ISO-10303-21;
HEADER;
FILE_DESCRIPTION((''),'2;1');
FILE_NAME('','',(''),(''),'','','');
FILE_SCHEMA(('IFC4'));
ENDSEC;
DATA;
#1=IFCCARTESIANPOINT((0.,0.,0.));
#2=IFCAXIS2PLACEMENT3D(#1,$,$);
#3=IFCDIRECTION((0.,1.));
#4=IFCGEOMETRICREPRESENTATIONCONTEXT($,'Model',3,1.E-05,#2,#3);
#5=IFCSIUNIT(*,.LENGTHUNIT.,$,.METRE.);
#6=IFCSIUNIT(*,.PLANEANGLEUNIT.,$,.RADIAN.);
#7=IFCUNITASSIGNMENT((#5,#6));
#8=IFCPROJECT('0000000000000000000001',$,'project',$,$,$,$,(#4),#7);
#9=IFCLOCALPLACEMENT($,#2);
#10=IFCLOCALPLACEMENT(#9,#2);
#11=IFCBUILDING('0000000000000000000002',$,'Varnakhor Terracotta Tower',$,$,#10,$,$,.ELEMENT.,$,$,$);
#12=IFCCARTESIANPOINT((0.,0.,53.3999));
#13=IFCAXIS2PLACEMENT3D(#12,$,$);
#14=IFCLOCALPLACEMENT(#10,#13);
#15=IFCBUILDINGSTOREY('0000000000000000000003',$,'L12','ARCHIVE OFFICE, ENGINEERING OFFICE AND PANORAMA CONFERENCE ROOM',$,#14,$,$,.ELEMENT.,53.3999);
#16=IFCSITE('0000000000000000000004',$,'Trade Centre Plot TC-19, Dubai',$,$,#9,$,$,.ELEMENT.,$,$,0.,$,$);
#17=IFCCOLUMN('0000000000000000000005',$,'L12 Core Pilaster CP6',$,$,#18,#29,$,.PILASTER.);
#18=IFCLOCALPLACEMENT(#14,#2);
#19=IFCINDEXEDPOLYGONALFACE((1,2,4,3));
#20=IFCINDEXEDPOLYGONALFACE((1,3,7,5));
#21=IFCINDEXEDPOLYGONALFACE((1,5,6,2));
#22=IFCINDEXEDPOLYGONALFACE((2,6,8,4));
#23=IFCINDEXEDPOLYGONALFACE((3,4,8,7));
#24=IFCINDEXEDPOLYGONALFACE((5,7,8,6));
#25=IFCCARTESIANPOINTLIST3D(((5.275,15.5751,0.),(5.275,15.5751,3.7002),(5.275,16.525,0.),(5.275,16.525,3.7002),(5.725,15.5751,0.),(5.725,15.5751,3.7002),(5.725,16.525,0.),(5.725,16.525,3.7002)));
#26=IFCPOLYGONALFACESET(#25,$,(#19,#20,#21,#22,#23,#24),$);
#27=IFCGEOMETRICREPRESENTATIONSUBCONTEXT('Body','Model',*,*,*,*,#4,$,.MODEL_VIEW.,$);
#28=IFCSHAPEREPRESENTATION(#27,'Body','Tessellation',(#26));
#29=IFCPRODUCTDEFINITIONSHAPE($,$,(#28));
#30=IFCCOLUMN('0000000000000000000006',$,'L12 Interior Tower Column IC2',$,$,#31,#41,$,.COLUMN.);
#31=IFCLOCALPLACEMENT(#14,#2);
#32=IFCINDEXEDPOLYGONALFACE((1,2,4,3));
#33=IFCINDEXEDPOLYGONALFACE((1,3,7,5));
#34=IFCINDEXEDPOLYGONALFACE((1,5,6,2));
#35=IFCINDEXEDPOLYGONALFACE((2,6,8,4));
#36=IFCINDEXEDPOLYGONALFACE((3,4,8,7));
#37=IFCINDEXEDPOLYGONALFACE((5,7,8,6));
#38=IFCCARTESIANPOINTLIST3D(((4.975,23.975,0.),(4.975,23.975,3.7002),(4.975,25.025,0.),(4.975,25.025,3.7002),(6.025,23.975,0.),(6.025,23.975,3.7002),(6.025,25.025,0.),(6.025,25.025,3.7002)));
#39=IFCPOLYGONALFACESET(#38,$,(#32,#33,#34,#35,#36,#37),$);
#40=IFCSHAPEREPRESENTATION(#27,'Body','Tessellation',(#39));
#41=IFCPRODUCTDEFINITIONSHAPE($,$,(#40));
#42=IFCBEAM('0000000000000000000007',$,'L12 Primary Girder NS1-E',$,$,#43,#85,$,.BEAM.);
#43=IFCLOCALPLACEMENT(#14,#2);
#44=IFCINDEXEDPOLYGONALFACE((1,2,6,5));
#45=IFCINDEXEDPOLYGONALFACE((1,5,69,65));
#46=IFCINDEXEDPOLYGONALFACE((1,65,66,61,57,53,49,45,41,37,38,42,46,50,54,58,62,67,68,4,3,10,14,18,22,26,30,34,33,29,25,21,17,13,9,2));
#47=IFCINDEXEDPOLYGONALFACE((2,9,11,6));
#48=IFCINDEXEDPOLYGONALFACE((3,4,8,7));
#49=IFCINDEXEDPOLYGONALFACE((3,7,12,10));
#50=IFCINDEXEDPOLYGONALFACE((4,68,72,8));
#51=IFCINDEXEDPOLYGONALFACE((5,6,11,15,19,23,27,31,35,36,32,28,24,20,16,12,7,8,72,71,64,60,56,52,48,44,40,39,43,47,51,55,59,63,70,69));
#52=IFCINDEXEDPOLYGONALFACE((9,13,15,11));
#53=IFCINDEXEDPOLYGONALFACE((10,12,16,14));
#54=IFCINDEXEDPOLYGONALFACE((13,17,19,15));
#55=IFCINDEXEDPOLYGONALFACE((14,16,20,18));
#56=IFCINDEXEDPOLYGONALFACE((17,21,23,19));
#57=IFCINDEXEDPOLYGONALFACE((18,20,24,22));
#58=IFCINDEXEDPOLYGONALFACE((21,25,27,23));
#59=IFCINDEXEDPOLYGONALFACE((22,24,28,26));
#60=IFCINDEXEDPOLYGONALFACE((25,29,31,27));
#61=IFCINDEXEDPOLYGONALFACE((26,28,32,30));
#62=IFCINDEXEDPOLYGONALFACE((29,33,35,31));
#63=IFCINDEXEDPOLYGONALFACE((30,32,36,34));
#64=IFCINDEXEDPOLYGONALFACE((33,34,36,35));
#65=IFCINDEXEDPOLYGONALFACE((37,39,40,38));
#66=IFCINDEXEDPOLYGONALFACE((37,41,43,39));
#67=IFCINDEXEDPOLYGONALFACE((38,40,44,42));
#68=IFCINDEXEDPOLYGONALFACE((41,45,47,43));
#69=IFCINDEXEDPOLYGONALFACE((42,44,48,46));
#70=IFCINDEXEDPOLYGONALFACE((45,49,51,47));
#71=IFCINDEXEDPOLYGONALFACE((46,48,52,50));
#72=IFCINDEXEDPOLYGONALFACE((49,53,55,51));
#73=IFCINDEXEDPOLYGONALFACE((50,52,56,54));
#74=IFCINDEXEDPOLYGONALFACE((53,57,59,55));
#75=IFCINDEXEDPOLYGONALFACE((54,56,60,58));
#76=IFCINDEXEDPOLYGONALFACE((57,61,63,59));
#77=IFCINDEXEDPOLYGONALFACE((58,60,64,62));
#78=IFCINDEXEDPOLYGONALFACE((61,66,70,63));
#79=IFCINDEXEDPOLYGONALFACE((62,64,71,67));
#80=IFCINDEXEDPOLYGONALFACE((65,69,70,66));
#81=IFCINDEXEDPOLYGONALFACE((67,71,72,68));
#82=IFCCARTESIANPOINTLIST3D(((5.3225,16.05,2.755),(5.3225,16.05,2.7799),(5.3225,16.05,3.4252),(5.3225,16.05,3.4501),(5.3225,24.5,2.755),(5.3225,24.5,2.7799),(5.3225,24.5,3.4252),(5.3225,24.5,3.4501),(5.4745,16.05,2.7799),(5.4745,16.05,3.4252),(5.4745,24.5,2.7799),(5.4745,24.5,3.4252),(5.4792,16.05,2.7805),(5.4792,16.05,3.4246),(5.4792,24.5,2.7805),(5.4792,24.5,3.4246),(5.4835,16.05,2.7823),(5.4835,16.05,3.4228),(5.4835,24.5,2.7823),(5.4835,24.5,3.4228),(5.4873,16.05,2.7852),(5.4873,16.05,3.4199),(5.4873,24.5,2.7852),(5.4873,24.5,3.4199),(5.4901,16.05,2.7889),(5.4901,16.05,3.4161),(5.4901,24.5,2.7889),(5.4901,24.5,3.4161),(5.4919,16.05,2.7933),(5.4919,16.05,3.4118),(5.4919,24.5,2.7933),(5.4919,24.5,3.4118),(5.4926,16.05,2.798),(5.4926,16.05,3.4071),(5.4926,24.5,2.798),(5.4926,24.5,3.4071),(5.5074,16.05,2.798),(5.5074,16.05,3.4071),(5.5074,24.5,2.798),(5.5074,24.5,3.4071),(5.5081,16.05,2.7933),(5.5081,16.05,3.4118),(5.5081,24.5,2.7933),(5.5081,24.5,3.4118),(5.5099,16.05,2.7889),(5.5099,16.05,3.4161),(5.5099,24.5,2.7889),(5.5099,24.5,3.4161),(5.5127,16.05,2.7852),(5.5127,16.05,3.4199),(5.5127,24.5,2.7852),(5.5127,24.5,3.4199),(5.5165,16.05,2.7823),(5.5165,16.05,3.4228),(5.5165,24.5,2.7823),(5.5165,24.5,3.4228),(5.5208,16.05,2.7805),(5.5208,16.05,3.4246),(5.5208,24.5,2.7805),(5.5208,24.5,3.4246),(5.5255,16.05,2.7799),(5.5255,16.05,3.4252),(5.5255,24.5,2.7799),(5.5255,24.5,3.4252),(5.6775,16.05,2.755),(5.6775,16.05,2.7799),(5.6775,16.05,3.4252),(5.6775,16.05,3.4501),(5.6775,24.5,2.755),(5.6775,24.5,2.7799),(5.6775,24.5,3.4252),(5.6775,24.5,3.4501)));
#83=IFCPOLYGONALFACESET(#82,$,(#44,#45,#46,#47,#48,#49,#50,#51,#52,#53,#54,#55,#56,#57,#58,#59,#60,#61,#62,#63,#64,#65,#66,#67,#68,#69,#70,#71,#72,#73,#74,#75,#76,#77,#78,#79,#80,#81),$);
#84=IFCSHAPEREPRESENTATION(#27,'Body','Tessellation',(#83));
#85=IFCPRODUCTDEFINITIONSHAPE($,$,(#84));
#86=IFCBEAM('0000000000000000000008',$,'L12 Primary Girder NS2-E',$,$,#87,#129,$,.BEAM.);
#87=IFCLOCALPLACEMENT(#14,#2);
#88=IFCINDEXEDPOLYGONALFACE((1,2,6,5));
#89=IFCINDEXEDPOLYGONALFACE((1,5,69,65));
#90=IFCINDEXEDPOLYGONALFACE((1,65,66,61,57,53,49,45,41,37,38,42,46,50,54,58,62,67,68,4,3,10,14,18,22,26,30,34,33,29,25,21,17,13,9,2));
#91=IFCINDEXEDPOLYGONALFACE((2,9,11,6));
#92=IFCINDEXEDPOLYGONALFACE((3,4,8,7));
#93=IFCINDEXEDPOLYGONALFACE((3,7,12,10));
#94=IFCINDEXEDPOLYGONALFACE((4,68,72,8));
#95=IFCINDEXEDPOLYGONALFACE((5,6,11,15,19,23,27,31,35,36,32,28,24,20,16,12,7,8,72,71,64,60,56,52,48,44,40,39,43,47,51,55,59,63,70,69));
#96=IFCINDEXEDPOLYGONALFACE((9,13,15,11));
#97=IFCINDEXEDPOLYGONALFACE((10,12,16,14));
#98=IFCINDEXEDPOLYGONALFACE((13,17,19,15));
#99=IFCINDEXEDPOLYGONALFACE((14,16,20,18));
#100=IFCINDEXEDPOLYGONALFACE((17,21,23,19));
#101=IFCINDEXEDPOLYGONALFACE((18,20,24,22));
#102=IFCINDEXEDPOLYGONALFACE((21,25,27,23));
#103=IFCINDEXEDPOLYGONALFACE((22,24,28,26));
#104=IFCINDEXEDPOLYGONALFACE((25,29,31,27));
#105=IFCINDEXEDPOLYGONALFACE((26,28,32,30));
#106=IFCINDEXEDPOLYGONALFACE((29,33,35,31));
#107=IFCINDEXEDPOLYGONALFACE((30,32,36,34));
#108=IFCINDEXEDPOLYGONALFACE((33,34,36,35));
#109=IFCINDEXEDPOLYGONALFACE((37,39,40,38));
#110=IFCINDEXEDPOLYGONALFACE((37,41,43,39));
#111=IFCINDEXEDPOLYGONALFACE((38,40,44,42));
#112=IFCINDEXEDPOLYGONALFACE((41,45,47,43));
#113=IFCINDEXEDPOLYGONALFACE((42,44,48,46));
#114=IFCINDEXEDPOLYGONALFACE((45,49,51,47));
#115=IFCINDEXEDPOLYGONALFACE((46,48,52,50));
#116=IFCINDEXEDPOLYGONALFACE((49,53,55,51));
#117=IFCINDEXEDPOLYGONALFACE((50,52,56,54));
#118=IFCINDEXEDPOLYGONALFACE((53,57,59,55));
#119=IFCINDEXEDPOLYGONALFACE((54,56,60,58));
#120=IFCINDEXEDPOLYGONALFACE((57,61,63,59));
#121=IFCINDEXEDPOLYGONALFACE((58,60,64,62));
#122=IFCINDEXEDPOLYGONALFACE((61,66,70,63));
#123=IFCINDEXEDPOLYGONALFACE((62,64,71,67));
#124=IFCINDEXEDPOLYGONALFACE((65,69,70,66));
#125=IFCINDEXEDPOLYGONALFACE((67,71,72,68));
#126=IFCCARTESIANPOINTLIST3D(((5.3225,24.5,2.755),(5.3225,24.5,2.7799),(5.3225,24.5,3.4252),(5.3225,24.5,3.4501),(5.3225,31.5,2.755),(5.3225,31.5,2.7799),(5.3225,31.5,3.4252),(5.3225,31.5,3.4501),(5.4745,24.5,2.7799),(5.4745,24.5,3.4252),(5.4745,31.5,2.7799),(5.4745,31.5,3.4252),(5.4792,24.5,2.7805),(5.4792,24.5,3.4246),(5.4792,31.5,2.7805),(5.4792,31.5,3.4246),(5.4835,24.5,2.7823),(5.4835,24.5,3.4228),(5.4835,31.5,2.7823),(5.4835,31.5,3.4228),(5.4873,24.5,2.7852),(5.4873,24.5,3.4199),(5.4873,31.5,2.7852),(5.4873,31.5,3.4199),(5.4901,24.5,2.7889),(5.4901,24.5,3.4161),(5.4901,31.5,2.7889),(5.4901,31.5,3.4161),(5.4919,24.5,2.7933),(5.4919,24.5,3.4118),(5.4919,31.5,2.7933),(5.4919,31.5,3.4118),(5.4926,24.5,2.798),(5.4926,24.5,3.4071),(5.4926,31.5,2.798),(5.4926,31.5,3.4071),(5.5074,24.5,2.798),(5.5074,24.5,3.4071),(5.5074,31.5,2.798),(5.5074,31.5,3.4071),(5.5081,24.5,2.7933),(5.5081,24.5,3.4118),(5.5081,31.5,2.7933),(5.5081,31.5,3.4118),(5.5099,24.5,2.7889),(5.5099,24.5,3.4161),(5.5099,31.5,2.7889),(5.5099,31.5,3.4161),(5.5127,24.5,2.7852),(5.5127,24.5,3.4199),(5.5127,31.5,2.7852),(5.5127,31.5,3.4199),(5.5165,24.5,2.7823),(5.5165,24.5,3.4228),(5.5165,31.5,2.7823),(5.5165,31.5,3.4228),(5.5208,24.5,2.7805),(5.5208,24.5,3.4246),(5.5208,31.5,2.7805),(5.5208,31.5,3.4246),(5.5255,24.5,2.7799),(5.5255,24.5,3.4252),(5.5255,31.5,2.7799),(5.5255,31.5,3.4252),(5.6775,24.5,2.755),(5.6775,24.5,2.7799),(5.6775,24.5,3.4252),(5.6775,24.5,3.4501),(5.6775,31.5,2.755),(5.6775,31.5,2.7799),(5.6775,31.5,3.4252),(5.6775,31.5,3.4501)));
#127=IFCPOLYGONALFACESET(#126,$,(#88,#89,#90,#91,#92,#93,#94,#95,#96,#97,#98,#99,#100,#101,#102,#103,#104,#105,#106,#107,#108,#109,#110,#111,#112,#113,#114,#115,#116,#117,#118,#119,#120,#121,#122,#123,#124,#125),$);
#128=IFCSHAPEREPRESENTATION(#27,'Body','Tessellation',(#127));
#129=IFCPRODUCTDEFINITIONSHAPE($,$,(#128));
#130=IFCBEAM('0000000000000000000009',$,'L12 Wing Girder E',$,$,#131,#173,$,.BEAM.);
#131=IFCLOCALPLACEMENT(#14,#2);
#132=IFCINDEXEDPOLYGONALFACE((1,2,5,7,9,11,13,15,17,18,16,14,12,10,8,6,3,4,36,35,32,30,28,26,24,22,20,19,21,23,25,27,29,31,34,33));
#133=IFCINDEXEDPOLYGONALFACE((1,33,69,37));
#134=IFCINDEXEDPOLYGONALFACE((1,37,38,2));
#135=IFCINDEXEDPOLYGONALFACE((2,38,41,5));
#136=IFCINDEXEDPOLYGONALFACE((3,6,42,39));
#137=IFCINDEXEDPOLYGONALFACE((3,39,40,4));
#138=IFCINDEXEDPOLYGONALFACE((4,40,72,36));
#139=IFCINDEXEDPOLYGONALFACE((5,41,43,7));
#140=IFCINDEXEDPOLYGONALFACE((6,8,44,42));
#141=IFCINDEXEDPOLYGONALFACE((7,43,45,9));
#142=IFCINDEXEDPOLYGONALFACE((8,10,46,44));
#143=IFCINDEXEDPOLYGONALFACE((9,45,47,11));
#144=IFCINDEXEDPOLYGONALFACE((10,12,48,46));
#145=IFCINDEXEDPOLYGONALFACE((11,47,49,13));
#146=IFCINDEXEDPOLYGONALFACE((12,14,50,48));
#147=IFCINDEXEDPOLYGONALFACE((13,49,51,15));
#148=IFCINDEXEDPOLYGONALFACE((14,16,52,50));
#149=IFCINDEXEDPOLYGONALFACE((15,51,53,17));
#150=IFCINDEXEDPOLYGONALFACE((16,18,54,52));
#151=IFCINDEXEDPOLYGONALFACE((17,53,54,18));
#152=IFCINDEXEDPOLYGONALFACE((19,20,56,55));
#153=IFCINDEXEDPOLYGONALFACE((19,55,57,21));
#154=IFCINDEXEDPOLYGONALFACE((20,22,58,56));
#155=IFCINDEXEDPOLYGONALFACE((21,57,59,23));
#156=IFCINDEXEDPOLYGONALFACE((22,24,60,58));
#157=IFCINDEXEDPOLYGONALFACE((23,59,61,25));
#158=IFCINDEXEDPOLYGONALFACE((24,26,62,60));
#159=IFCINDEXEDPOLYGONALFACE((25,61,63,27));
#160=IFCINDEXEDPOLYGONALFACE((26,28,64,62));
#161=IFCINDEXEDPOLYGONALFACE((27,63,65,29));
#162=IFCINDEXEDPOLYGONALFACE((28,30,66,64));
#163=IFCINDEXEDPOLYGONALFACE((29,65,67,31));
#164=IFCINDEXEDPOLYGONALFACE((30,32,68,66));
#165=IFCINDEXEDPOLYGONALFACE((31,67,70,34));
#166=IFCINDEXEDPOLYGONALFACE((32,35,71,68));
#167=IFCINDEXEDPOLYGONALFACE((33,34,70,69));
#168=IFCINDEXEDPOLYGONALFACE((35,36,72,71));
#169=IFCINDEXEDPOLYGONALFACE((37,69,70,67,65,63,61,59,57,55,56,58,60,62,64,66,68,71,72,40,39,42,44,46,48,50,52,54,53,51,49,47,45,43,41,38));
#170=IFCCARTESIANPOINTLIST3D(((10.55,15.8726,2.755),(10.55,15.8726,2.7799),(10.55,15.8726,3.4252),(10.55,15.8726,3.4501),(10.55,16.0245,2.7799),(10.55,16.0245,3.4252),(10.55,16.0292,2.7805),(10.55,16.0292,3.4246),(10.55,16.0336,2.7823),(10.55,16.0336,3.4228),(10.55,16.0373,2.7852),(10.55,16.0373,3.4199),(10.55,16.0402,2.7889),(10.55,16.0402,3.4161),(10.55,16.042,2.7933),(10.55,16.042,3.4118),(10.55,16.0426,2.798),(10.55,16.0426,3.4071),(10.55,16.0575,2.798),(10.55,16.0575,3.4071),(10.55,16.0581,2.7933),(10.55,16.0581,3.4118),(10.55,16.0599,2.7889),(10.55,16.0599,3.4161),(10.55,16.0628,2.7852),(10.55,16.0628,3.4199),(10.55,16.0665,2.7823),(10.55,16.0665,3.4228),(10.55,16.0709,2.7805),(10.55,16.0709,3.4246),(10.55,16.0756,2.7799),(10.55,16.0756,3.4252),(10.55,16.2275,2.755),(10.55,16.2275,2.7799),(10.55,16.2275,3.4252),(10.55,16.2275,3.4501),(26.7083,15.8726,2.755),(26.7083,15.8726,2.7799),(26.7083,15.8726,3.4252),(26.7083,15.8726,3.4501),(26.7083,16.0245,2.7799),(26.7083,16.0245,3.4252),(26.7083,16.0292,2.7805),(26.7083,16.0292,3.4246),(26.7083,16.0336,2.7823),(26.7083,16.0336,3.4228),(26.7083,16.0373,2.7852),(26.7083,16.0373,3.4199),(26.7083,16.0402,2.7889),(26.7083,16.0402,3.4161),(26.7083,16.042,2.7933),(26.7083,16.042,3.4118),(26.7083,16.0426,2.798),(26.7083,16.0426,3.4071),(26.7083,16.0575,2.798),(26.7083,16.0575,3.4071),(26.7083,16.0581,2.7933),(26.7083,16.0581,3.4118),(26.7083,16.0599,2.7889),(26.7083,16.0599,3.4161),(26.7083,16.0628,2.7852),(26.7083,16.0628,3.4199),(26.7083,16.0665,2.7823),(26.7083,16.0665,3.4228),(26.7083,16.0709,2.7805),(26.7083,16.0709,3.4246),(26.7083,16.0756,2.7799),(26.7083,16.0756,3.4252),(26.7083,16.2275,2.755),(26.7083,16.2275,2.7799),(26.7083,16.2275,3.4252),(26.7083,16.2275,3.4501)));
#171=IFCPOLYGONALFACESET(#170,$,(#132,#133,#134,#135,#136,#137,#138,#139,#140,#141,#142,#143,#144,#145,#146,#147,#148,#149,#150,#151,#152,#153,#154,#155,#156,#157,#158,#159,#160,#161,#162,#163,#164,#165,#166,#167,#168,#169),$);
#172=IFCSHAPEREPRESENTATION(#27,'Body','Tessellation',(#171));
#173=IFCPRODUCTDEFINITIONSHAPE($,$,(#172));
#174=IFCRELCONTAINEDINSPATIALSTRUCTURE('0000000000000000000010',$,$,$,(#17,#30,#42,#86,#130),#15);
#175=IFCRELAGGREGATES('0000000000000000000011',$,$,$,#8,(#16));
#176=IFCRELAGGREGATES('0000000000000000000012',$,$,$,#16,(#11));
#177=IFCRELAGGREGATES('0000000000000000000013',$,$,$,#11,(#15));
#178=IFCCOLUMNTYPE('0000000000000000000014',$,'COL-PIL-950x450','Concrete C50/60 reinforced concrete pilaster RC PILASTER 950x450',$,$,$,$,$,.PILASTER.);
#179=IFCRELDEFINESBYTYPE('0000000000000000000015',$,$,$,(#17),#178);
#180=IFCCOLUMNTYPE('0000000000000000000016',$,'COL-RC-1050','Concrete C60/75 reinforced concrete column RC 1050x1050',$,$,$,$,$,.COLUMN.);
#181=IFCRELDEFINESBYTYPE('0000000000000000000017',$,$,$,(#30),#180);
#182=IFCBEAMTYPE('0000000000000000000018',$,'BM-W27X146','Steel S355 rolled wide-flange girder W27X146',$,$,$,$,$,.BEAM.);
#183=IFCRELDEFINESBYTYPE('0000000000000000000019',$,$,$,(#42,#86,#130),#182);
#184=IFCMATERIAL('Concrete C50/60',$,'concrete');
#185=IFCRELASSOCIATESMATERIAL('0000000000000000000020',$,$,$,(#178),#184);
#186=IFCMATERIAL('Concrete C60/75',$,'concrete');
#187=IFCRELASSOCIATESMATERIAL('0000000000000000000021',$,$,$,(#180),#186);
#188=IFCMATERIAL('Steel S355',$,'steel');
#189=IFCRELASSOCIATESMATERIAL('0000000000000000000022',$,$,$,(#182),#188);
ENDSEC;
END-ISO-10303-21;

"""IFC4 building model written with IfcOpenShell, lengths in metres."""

from ifc_helpers import new_model, si_unit, direction, frame, origin, origin_2d, place, context, subcontext, project, spatial, rectangle, i_section, extrude, source, transform, mapped, material, material_profile, profile_set, type_object, type_shapes, element, save


model = new_model("IFC4")

# Units and contexts
model_context = context("Model", 3, precision=1e-05, world=origin(), true_north=direction((0.0, 1.0)))
body_context = subcontext(model_context, "Body", "Model", "MODEL_VIEW")
ifc_project = project(units=[si_unit("LENGTHUNIT", "METRE"), si_unit("PLANEANGLEUNIT", "RADIAN")], contexts=[model_context])

# Site, building, storey
site_placement = place(None, origin())
site = spatial("IfcSite", under=ifc_project, at=site_placement, Name="Trade Centre Plot TC-19, Dubai", CompositionType="ELEMENT", RefElevation=0.0)
building_placement = place(site_placement, origin())
building = spatial("IfcBuilding", under=site, at=building_placement, Name="Varnakhor Terracotta Tower", CompositionType="ELEMENT")
storey_placement = place(building_placement, frame((0.0, 0.0, 53.3999)))
storey = spatial("IfcBuildingStorey", under=building, at=storey_placement, Name="L12", Description="ARCHIVE OFFICE, ENGINEERING OFFICE AND PANORAMA CONFERENCE ROOM", CompositionType="ELEMENT", Elevation=53.3999)

# Columns
ifc_material_1 = material(Name="Concrete C50/60", Category="concrete")
ifc_material_profile_1 = material_profile(ifc_material_1, rectangle(XDim=0.45, YDim=0.95, at=origin_2d()), Name="RC PILASTER 950x450")
ifc_profile_set_1 = profile_set([ifc_material_profile_1], Name="Concrete C50/60")
column_type_1 = type_object("IfcColumnType", Name="COL-PIL-950x450", Description="Concrete C50/60 reinforced concrete pilaster RC PILASTER 950x450", PredefinedType="PILASTER", material=ifc_profile_set_1)
shared_shape_1 = source(origin(), body_context, "Body", "SweptSolid", [
    extrude(rectangle(XDim=0.45, YDim=0.95, at=origin_2d()), origin(), (0.0, 0.0, 1.0), 3.7002),
])
column_1_placement = place(storey_placement, frame((5.5, 16.05, 0.0), z_axis=(0.0, 0.0, 1.0), x_axis=(1.0, 0.0, 0.0)))
element("IfcColumn", 1, at=column_1_placement, inside=storey, type_object=column_type_1, Name="L12 Core Pilaster CP6", PredefinedType="PILASTER", context=body_context, shape_type="MappedRepresentation", body=[
    mapped(shared_shape_1, transform((0.0, 0.0, 0.0), scale=1.0)),
])
ifc_material_2 = material(Name="Concrete C60/75", Category="concrete")
ifc_material_profile_2 = material_profile(ifc_material_2, rectangle(XDim=1.05, YDim=1.05, at=origin_2d()), Name="RC 1050x1050")
ifc_profile_set_2 = profile_set([ifc_material_profile_2], Name="Concrete C60/75")
column_type_2 = type_object("IfcColumnType", Name="COL-RC-1050", Description="Concrete C60/75 reinforced concrete column RC 1050x1050", PredefinedType="COLUMN", material=ifc_profile_set_2)
shared_shape_2 = source(origin(), body_context, "Body", "SweptSolid", [
    extrude(rectangle(XDim=1.05, YDim=1.05, at=origin_2d()), origin(), (0.0, 0.0, 1.0), 3.7002),
])
column_2_placement = place(storey_placement, frame((5.5, 24.5, 0.0), z_axis=(0.0, 0.0, 1.0), x_axis=(1.0, 0.0, 0.0)))
element("IfcColumn", 2, at=column_2_placement, inside=storey, type_object=column_type_2, Name="L12 Interior Tower Column IC2", PredefinedType="COLUMN", context=body_context, shape_type="MappedRepresentation", body=[
    mapped(shared_shape_2, transform((0.0, 0.0, 0.0), scale=1.0)),
])

# Beams
ifc_material_3 = material(Name="Steel S355", Category="steel")
ifc_material_profile_3 = material_profile(ifc_material_3, i_section(OverallWidth=0.355, OverallDepth=0.6951, WebThickness=0.0149, FlangeThickness=0.0249, FilletRadius=0.0181, at=origin_2d()), Name="W27X146")
ifc_profile_set_3 = profile_set([ifc_material_profile_3], Name="Steel S355")
beam_type_1 = type_object("IfcBeamType", Name="BM-W27X146", Description="Steel S355 rolled wide-flange girder W27X146", PredefinedType="BEAM", material=ifc_profile_set_3)
shared_shape_3 = source(origin(), body_context, "Body", "SweptSolid", [
    extrude(i_section(OverallWidth=0.355, OverallDepth=0.6951, WebThickness=0.0149, FlangeThickness=0.0249, FilletRadius=0.0181, at=origin_2d()), origin(), (0.0, 0.0, 1.0), 8.45),
])
type_shapes(beam_type_1, [shared_shape_3])
beam_1_placement = place(storey_placement, frame((5.5, 16.05, 3.1025), z_axis=(0.0, 1.0, 0.0), x_axis=(-1.0, 0.0, 0.0)))
element("IfcBeam", 3, at=beam_1_placement, inside=storey, type_object=beam_type_1, Name="L12 Primary Girder NS1-E", PredefinedType="BEAM", context=body_context, shape_type="MappedRepresentation", body=[
    mapped(shared_shape_3, transform((0.0, 0.0, 0.0), scale=1.0)),
])
shared_shape_4 = source(origin(), body_context, "Body", "SweptSolid", [
    extrude(i_section(OverallWidth=0.355, OverallDepth=0.6951, WebThickness=0.0149, FlangeThickness=0.0249, FilletRadius=0.0181, at=origin_2d()), origin(), (0.0, 0.0, 1.0), 7.0),
])
beam_2_placement = place(storey_placement, frame((5.5, 24.5, 3.1025), z_axis=(0.0, 1.0, 0.0), x_axis=(-1.0, 0.0, 0.0)))
element("IfcBeam", 4, at=beam_2_placement, inside=storey, type_object=beam_type_1, Name="L12 Primary Girder NS2-E", PredefinedType="BEAM", context=body_context, shape_type="MappedRepresentation", body=[
    mapped(shared_shape_4, transform((0.0, 0.0, 0.0), scale=1.0)),
])
shared_shape_5 = source(origin(), body_context, "Body", "SweptSolid", [
    extrude(i_section(OverallWidth=0.355, OverallDepth=0.6951, WebThickness=0.0149, FlangeThickness=0.0249, FilletRadius=0.0181, at=origin_2d()), origin(), (0.0, 0.0, 1.0), 16.1582),
])
beam_3_placement = place(storey_placement, frame((10.55, 16.05, 3.1025), z_axis=(1.0, 0.0, 0.0), x_axis=(0.0, 1.0, 0.0)))
element("IfcBeam", 5, at=beam_3_placement, inside=storey, type_object=beam_type_1, Name="L12 Wing Girder E", PredefinedType="BEAM", context=body_context, shape_type="MappedRepresentation", body=[
    mapped(shared_shape_5, transform((0.0, 0.0, 0.0), scale=1.0)),
])

save(model, "model.ifc")
